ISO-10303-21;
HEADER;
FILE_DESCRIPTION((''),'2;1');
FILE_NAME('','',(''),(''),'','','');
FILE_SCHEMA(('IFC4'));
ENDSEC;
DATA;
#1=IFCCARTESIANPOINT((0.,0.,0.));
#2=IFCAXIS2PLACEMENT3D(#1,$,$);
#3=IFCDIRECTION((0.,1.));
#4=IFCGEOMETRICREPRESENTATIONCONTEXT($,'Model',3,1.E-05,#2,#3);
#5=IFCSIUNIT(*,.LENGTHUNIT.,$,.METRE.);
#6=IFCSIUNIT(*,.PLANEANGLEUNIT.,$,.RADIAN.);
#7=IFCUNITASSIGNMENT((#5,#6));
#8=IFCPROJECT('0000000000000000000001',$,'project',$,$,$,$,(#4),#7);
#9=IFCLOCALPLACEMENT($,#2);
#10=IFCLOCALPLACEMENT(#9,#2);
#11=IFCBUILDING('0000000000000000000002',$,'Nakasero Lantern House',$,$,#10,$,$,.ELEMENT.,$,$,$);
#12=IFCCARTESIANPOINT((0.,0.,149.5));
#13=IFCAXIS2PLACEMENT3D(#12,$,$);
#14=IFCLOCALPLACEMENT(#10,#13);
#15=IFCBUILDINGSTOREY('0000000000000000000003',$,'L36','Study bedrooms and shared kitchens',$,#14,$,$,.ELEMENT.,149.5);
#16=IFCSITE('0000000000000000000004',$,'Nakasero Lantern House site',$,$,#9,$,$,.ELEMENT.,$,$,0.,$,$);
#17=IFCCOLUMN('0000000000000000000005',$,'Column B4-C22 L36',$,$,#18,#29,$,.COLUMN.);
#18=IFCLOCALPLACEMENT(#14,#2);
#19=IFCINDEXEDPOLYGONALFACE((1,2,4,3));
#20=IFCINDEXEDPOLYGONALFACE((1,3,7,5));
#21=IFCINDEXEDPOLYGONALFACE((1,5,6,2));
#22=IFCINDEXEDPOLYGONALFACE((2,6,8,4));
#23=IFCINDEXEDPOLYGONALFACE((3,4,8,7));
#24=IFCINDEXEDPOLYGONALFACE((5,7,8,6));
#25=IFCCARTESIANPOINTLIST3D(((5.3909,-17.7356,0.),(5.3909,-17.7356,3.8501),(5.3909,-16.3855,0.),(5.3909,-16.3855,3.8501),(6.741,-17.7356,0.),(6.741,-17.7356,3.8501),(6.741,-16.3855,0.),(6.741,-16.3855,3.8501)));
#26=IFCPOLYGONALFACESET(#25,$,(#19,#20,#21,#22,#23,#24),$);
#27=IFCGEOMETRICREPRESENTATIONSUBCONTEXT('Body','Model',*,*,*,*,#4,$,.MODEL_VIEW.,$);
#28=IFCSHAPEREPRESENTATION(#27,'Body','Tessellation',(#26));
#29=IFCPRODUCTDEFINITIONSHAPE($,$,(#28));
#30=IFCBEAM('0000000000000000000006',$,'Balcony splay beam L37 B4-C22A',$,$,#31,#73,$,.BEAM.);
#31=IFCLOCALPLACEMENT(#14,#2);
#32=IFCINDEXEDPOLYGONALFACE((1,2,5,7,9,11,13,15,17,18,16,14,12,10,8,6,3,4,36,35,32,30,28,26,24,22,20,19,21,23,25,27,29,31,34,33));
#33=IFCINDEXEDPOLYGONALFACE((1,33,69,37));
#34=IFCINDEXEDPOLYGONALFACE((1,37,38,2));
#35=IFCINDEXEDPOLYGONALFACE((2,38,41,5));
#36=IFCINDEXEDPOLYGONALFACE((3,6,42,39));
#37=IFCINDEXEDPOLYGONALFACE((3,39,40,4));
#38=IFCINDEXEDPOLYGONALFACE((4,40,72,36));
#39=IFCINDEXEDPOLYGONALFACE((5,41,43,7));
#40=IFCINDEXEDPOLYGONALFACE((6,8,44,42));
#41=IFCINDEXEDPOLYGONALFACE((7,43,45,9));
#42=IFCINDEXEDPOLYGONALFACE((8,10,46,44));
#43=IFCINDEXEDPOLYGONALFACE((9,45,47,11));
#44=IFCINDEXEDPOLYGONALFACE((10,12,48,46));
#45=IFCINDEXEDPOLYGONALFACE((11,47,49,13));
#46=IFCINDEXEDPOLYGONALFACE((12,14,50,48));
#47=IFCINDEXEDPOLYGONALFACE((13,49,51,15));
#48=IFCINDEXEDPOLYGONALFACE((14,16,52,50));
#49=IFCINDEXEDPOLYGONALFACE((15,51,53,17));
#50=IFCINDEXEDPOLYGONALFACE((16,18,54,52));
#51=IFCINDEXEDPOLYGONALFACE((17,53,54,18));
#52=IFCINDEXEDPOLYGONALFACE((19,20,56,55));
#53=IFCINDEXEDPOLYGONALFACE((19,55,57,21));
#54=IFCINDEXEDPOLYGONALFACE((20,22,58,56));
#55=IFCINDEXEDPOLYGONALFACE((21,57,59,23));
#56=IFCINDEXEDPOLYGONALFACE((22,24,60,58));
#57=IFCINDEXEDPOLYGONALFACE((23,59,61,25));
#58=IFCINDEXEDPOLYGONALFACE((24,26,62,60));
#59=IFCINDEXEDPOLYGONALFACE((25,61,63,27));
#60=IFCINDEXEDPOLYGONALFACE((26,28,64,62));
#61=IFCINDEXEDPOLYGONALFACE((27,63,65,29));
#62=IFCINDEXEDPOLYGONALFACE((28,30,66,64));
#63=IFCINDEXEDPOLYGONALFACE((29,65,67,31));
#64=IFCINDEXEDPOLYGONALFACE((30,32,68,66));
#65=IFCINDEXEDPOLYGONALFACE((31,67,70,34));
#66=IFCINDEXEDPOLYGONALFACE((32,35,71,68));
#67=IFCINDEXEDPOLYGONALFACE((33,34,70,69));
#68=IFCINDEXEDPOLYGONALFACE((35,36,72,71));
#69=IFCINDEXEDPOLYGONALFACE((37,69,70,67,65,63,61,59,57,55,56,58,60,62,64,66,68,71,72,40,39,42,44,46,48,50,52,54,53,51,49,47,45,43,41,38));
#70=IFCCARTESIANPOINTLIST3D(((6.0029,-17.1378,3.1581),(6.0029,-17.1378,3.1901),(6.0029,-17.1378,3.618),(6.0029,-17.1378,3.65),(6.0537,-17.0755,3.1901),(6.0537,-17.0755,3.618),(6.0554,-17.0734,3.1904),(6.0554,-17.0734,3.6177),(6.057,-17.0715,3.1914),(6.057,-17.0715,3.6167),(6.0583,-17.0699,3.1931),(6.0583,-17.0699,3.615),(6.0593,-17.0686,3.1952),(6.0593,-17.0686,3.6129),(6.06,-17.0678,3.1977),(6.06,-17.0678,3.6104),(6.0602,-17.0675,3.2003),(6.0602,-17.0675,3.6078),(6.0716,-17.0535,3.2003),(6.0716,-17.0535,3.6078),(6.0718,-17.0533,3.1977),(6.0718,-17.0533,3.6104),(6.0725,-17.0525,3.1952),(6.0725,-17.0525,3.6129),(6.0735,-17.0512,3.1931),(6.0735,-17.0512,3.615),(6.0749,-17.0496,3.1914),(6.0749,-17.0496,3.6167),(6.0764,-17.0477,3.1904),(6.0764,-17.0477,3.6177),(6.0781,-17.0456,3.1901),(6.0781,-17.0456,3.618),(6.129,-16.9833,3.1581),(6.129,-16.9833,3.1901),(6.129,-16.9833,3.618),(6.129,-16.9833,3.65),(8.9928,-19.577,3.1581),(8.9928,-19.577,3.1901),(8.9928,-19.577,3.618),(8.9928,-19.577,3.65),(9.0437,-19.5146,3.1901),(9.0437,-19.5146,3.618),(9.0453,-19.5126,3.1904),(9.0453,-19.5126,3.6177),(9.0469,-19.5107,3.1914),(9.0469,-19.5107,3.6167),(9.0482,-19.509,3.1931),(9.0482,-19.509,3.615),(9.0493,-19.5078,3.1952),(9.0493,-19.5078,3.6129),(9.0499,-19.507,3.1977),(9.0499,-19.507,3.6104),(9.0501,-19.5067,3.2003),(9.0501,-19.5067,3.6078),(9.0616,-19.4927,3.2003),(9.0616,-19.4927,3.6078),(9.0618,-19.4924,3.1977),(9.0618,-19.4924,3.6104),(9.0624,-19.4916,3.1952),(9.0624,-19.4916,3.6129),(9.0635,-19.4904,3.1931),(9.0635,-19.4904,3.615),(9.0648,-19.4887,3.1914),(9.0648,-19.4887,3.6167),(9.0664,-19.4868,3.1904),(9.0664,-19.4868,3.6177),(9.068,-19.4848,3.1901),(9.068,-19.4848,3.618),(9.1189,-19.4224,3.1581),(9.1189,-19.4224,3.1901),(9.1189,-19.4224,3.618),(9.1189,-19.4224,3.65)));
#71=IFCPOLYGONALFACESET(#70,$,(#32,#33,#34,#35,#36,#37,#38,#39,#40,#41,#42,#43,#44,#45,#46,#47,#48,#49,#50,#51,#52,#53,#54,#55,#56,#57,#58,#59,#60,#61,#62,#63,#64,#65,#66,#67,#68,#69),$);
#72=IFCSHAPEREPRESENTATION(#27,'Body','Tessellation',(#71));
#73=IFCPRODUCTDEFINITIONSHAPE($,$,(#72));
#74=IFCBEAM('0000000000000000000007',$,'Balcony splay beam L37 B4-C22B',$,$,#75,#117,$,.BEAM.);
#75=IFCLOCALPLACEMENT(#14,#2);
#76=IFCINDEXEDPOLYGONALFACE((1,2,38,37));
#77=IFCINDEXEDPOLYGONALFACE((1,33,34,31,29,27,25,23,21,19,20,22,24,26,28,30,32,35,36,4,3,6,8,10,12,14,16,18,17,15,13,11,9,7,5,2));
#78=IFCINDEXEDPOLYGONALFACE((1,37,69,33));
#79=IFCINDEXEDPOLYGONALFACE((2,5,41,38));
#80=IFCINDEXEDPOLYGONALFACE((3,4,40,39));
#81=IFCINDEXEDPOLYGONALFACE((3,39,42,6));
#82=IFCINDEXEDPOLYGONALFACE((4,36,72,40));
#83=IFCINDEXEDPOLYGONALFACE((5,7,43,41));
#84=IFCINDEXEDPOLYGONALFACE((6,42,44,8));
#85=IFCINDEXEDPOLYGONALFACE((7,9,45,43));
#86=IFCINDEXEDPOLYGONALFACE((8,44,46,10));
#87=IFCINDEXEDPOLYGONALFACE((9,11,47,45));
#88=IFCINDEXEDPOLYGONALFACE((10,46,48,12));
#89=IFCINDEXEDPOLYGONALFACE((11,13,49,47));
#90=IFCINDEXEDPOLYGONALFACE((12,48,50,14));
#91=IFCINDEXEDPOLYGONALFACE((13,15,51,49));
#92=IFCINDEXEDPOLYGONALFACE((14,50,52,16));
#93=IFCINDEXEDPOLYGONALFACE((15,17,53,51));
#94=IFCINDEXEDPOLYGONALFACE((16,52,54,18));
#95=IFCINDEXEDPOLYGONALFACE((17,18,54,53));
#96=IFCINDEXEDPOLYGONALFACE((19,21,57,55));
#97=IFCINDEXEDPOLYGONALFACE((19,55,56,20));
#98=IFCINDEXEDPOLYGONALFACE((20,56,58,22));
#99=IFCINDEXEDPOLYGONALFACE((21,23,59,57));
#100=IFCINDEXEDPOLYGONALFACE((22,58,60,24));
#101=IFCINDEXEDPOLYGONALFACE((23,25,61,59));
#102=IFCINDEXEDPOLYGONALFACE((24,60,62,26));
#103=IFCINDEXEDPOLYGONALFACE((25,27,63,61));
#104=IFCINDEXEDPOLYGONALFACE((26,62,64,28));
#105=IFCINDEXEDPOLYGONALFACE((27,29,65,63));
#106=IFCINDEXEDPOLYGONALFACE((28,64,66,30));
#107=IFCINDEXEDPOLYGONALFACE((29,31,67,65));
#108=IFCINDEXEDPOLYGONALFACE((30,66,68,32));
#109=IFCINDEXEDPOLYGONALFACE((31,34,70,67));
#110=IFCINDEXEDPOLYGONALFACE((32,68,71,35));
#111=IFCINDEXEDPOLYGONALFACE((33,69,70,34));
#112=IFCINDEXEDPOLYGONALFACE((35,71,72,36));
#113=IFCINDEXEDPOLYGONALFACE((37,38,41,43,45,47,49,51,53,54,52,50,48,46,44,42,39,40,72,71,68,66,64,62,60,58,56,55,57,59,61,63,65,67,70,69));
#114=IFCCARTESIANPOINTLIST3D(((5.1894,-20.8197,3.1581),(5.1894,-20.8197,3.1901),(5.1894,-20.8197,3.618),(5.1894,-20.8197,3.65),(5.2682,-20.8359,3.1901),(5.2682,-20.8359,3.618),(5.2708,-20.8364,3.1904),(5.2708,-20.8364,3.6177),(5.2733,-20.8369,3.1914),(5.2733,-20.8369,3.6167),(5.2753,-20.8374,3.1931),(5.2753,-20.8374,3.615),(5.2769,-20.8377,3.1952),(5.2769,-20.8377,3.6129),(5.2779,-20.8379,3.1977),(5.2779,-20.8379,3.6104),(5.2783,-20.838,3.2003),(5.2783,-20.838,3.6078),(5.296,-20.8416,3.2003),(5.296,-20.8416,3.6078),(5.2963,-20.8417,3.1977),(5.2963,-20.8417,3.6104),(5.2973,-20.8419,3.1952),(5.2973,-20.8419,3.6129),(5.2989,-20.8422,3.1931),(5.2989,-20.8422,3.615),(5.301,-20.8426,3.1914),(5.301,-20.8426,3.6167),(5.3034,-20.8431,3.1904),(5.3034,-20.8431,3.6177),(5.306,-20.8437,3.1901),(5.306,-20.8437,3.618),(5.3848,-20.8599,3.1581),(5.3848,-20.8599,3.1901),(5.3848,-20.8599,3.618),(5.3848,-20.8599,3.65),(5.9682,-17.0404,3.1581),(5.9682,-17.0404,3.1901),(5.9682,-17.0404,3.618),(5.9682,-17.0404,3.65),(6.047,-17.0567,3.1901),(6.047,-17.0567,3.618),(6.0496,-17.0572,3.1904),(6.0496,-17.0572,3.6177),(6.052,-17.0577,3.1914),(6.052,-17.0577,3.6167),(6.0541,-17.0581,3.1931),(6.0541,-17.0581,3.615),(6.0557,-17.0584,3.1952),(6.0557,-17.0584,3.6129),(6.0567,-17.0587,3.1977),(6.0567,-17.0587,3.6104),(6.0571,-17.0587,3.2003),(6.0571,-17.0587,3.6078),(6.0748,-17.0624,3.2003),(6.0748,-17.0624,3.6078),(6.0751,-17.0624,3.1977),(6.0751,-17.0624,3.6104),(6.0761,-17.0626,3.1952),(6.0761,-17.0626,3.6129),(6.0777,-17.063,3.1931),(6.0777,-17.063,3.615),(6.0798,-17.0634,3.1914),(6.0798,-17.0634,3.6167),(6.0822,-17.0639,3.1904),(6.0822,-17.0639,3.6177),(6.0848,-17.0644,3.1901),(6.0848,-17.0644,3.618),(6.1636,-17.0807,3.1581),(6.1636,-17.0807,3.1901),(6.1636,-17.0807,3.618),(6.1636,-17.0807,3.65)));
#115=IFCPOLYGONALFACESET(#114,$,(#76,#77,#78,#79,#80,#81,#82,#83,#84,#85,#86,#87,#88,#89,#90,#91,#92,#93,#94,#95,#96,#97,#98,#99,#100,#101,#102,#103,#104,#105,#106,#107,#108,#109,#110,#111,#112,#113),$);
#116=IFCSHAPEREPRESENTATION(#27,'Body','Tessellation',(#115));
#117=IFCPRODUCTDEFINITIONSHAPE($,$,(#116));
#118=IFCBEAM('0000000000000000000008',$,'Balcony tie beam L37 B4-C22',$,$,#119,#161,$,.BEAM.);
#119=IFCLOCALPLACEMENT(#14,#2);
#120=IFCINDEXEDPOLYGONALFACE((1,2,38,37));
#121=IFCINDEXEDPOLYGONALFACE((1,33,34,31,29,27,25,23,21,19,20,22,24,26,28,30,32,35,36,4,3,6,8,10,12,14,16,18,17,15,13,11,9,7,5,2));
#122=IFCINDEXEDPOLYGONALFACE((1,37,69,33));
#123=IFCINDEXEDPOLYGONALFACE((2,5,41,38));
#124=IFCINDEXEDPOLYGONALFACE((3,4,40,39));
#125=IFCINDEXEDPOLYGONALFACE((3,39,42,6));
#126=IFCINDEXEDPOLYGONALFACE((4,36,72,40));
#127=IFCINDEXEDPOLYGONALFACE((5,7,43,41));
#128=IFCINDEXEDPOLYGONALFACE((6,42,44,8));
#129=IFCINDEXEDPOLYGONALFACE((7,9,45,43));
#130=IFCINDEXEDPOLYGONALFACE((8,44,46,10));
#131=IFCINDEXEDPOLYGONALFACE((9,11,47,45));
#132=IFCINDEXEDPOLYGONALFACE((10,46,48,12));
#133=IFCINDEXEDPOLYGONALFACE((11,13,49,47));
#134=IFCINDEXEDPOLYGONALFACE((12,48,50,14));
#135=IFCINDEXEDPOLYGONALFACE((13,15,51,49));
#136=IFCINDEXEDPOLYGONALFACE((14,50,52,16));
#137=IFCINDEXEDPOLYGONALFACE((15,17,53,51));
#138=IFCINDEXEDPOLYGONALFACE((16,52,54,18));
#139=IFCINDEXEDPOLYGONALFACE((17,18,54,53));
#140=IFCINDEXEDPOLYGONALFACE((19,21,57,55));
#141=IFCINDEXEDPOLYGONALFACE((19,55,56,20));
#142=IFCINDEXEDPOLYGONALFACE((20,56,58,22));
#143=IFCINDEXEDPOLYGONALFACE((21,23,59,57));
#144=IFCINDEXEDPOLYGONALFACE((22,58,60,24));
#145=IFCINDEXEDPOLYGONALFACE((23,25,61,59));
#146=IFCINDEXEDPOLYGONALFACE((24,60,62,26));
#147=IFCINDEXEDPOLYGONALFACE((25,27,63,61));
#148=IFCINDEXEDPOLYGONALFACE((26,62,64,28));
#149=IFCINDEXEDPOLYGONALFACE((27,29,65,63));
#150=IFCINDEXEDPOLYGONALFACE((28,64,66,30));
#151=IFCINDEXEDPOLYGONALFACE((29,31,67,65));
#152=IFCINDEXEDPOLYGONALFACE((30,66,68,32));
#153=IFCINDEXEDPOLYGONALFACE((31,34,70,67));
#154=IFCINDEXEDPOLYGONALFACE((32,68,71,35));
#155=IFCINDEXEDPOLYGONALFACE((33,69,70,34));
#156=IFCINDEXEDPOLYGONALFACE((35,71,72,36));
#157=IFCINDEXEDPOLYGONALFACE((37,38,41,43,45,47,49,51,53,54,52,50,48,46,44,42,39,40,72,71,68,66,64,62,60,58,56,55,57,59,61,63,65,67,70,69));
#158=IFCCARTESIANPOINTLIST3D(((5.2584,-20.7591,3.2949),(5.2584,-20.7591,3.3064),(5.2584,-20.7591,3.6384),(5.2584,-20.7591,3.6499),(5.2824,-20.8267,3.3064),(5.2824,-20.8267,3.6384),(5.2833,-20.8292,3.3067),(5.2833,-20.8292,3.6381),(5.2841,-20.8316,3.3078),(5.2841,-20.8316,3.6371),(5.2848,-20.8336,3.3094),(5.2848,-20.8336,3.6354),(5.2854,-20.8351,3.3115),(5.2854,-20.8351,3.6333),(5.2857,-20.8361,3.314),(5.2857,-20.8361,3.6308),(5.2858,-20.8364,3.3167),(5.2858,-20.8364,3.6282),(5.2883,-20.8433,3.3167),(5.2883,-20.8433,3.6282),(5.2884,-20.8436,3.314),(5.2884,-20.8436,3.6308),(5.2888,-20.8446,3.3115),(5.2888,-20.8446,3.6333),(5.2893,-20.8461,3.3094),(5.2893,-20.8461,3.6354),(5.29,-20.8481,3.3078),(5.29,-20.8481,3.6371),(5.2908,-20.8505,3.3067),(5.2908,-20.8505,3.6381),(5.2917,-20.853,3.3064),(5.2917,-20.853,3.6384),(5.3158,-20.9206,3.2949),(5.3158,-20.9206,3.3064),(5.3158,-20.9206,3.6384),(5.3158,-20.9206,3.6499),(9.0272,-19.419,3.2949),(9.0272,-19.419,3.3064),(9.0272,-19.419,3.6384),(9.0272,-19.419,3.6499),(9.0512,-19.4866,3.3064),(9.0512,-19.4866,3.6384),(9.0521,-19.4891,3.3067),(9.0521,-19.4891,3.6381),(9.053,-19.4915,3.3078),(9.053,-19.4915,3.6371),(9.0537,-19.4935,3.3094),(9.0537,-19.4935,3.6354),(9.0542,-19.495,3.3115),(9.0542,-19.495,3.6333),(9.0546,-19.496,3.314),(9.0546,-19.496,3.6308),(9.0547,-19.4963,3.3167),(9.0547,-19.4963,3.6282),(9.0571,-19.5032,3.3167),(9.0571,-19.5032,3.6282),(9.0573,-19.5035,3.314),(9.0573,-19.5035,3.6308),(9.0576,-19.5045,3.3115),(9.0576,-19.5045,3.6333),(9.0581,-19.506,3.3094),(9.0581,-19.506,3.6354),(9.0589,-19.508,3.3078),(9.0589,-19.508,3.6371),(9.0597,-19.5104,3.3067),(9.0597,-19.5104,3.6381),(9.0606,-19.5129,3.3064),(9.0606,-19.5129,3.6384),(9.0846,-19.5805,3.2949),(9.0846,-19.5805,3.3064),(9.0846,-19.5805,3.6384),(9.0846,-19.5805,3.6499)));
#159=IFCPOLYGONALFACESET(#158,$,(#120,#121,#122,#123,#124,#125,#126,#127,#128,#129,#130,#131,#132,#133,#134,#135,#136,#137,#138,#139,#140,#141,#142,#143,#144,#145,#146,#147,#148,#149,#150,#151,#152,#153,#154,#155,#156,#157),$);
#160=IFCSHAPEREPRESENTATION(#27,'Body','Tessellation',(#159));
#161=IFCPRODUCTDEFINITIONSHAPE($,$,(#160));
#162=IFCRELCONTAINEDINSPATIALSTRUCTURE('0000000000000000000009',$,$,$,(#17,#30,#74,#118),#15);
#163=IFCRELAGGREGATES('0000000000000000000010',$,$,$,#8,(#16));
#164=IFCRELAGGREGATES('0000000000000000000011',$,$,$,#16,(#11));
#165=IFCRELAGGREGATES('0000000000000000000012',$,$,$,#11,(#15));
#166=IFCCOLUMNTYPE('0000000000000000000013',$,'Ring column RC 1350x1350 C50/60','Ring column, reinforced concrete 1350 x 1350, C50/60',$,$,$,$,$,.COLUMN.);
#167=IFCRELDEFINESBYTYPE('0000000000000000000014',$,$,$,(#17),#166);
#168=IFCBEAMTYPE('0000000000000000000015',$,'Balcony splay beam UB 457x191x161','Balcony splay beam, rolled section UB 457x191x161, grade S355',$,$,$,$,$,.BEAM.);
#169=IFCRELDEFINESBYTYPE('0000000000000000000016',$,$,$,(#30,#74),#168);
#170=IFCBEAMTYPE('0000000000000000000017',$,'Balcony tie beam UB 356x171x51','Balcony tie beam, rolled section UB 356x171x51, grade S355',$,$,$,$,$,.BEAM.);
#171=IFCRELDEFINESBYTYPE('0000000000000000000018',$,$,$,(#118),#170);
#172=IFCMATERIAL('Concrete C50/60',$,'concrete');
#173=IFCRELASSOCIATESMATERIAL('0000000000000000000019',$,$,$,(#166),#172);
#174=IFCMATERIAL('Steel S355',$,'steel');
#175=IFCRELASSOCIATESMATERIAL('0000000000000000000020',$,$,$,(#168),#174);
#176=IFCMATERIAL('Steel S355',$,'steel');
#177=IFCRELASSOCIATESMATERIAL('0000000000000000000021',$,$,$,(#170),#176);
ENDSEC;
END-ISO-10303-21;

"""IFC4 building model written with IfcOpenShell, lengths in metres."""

from ifc_helpers import new_model, si_unit, direction, frame, origin, origin_2d, place, context, subcontext, project, spatial, rectangle, i_section, extrude, material, material_profile, profile_set, type_object, element, save


model = new_model("IFC4")

# Units and contexts
model_context = context("Model", 3, precision=1e-05, world=origin(), true_north=direction((0.0, 1.0)))
body_context = subcontext(model_context, "Body", "Model", "MODEL_VIEW")
ifc_project = project(units=[si_unit("LENGTHUNIT", "METRE"), si_unit("PLANEANGLEUNIT", "RADIAN")], contexts=[model_context])

# Site, building, storey
site_placement = place(None, origin())
site = spatial("IfcSite", under=ifc_project, at=site_placement, Name="Nakasero Lantern House site", CompositionType="ELEMENT", RefElevation=0.0)
building_placement = place(site_placement, origin())
building = spatial("IfcBuilding", under=site, at=building_placement, Name="Nakasero Lantern House", CompositionType="ELEMENT")
storey_placement = place(building_placement, frame((0.0, 0.0, 149.5)))
storey = spatial("IfcBuildingStorey", under=building, at=storey_placement, Name="L36", Description="Study bedrooms and shared kitchens", CompositionType="ELEMENT", Elevation=149.5)

# Column
ifc_material_1 = material(Name="Concrete C50/60", Category="concrete")
ifc_material_profile_1 = material_profile(ifc_material_1, rectangle(XDim=1.3501, YDim=1.3501, at=origin_2d()), Name="RC 1350x1350")
ifc_profile_set_1 = profile_set([ifc_material_profile_1], Name="Concrete C50/60")
column_type = type_object("IfcColumnType", Name="Ring column RC 1350x1350 C50/60", Description="Ring column, reinforced concrete 1350 x 1350, C50/60", PredefinedType="COLUMN", material=ifc_profile_set_1)
column_placement = place(storey_placement, frame((6.0659, -17.0605, 0.0), z_axis=(0.0, 0.0, 1.0), x_axis=(1.0, 0.0, 0.0)))
element("IfcColumn", 1, at=column_placement, inside=storey, type_object=column_type, Name="Column B4-C22 L36", PredefinedType="COLUMN", context=body_context, shape_type="SweptSolid", body=[
    extrude(rectangle(XDim=1.3501, YDim=1.3501, at=origin_2d()), origin(), (0.0, 0.0, 1.0), 3.8501),
])

# Beams
ifc_material_2 = material(Name="Steel S355", Category="steel")
ifc_material_profile_2 = material_profile(ifc_material_2, i_section(OverallWidth=0.1995, OverallDepth=0.4919, WebThickness=0.0181, FlangeThickness=0.032, FilletRadius=0.0103, at=origin_2d()), Name="UB 457x191x161")
ifc_profile_set_2 = profile_set([ifc_material_profile_2], Name="Steel S355")
beam_type_1 = type_object("IfcBeamType", Name="Balcony splay beam UB 457x191x161", Description="Balcony splay beam, rolled section UB 457x191x161, grade S355", PredefinedType="BEAM", material=ifc_profile_set_2)
for number, where, z_axis, x_axis, name in (
    (2, (6.0659, -17.0605, 3.4041), (0.774864, -0.632128, 0.0), (0.632128, 0.774864, 0.0), "Balcony splay beam L37 B4-C22A"),
    (3, (6.0659, -17.0605, 3.4041), (-0.201831, -0.97942, 0.0), (0.97942, -0.201831, 0.0), "Balcony splay beam L37 B4-C22B"),
):
    element("IfcBeam", number, at=place(storey_placement, frame(where, z_axis=z_axis, x_axis=x_axis)), inside=storey, type_object=beam_type_1, Name=name, PredefinedType="BEAM", context=body_context, shape_type="SweptSolid", body=[
        extrude(i_section(OverallWidth=0.1995, OverallDepth=0.4919, WebThickness=0.0181, FlangeThickness=0.032, FilletRadius=0.0103, at=origin_2d()), origin(), (0.0, 0.0, 1.0), 3.8586),
    ])
ifc_material_3 = material(Name="Steel S355", Category="steel")
ifc_material_profile_3 = material_profile(ifc_material_3, i_section(OverallWidth=0.1714, OverallDepth=0.355, WebThickness=0.0073, FlangeThickness=0.0115, FilletRadius=0.0103, at=origin_2d()), Name="UB 356x171x51")
ifc_profile_set_3 = profile_set([ifc_material_profile_3], Name="Steel S355")
beam_type_2 = type_object("IfcBeamType", Name="Balcony tie beam UB 356x171x51", Description="Balcony tie beam, rolled section UB 356x171x51, grade S355", PredefinedType="BEAM", material=ifc_profile_set_3)
beam_1_placement = place(storey_placement, frame((9.0559, -19.4998, 3.4724), z_axis=(-0.942209, -0.335025, 0.0), x_axis=(0.335025, -0.942209, 0.0)))
element("IfcBeam", 4, at=beam_1_placement, inside=storey, type_object=beam_type_2, Name="Balcony tie beam L37 B4-C22", PredefinedType="BEAM", context=body_context, shape_type="SweptSolid", body=[
    extrude(i_section(OverallWidth=0.1714, OverallDepth=0.355, WebThickness=0.0073, FlangeThickness=0.0115, FilletRadius=0.0103, at=origin_2d()), origin(), (0.0, 0.0, 1.0), 4.0),
])

save(model, "model.ifc")
